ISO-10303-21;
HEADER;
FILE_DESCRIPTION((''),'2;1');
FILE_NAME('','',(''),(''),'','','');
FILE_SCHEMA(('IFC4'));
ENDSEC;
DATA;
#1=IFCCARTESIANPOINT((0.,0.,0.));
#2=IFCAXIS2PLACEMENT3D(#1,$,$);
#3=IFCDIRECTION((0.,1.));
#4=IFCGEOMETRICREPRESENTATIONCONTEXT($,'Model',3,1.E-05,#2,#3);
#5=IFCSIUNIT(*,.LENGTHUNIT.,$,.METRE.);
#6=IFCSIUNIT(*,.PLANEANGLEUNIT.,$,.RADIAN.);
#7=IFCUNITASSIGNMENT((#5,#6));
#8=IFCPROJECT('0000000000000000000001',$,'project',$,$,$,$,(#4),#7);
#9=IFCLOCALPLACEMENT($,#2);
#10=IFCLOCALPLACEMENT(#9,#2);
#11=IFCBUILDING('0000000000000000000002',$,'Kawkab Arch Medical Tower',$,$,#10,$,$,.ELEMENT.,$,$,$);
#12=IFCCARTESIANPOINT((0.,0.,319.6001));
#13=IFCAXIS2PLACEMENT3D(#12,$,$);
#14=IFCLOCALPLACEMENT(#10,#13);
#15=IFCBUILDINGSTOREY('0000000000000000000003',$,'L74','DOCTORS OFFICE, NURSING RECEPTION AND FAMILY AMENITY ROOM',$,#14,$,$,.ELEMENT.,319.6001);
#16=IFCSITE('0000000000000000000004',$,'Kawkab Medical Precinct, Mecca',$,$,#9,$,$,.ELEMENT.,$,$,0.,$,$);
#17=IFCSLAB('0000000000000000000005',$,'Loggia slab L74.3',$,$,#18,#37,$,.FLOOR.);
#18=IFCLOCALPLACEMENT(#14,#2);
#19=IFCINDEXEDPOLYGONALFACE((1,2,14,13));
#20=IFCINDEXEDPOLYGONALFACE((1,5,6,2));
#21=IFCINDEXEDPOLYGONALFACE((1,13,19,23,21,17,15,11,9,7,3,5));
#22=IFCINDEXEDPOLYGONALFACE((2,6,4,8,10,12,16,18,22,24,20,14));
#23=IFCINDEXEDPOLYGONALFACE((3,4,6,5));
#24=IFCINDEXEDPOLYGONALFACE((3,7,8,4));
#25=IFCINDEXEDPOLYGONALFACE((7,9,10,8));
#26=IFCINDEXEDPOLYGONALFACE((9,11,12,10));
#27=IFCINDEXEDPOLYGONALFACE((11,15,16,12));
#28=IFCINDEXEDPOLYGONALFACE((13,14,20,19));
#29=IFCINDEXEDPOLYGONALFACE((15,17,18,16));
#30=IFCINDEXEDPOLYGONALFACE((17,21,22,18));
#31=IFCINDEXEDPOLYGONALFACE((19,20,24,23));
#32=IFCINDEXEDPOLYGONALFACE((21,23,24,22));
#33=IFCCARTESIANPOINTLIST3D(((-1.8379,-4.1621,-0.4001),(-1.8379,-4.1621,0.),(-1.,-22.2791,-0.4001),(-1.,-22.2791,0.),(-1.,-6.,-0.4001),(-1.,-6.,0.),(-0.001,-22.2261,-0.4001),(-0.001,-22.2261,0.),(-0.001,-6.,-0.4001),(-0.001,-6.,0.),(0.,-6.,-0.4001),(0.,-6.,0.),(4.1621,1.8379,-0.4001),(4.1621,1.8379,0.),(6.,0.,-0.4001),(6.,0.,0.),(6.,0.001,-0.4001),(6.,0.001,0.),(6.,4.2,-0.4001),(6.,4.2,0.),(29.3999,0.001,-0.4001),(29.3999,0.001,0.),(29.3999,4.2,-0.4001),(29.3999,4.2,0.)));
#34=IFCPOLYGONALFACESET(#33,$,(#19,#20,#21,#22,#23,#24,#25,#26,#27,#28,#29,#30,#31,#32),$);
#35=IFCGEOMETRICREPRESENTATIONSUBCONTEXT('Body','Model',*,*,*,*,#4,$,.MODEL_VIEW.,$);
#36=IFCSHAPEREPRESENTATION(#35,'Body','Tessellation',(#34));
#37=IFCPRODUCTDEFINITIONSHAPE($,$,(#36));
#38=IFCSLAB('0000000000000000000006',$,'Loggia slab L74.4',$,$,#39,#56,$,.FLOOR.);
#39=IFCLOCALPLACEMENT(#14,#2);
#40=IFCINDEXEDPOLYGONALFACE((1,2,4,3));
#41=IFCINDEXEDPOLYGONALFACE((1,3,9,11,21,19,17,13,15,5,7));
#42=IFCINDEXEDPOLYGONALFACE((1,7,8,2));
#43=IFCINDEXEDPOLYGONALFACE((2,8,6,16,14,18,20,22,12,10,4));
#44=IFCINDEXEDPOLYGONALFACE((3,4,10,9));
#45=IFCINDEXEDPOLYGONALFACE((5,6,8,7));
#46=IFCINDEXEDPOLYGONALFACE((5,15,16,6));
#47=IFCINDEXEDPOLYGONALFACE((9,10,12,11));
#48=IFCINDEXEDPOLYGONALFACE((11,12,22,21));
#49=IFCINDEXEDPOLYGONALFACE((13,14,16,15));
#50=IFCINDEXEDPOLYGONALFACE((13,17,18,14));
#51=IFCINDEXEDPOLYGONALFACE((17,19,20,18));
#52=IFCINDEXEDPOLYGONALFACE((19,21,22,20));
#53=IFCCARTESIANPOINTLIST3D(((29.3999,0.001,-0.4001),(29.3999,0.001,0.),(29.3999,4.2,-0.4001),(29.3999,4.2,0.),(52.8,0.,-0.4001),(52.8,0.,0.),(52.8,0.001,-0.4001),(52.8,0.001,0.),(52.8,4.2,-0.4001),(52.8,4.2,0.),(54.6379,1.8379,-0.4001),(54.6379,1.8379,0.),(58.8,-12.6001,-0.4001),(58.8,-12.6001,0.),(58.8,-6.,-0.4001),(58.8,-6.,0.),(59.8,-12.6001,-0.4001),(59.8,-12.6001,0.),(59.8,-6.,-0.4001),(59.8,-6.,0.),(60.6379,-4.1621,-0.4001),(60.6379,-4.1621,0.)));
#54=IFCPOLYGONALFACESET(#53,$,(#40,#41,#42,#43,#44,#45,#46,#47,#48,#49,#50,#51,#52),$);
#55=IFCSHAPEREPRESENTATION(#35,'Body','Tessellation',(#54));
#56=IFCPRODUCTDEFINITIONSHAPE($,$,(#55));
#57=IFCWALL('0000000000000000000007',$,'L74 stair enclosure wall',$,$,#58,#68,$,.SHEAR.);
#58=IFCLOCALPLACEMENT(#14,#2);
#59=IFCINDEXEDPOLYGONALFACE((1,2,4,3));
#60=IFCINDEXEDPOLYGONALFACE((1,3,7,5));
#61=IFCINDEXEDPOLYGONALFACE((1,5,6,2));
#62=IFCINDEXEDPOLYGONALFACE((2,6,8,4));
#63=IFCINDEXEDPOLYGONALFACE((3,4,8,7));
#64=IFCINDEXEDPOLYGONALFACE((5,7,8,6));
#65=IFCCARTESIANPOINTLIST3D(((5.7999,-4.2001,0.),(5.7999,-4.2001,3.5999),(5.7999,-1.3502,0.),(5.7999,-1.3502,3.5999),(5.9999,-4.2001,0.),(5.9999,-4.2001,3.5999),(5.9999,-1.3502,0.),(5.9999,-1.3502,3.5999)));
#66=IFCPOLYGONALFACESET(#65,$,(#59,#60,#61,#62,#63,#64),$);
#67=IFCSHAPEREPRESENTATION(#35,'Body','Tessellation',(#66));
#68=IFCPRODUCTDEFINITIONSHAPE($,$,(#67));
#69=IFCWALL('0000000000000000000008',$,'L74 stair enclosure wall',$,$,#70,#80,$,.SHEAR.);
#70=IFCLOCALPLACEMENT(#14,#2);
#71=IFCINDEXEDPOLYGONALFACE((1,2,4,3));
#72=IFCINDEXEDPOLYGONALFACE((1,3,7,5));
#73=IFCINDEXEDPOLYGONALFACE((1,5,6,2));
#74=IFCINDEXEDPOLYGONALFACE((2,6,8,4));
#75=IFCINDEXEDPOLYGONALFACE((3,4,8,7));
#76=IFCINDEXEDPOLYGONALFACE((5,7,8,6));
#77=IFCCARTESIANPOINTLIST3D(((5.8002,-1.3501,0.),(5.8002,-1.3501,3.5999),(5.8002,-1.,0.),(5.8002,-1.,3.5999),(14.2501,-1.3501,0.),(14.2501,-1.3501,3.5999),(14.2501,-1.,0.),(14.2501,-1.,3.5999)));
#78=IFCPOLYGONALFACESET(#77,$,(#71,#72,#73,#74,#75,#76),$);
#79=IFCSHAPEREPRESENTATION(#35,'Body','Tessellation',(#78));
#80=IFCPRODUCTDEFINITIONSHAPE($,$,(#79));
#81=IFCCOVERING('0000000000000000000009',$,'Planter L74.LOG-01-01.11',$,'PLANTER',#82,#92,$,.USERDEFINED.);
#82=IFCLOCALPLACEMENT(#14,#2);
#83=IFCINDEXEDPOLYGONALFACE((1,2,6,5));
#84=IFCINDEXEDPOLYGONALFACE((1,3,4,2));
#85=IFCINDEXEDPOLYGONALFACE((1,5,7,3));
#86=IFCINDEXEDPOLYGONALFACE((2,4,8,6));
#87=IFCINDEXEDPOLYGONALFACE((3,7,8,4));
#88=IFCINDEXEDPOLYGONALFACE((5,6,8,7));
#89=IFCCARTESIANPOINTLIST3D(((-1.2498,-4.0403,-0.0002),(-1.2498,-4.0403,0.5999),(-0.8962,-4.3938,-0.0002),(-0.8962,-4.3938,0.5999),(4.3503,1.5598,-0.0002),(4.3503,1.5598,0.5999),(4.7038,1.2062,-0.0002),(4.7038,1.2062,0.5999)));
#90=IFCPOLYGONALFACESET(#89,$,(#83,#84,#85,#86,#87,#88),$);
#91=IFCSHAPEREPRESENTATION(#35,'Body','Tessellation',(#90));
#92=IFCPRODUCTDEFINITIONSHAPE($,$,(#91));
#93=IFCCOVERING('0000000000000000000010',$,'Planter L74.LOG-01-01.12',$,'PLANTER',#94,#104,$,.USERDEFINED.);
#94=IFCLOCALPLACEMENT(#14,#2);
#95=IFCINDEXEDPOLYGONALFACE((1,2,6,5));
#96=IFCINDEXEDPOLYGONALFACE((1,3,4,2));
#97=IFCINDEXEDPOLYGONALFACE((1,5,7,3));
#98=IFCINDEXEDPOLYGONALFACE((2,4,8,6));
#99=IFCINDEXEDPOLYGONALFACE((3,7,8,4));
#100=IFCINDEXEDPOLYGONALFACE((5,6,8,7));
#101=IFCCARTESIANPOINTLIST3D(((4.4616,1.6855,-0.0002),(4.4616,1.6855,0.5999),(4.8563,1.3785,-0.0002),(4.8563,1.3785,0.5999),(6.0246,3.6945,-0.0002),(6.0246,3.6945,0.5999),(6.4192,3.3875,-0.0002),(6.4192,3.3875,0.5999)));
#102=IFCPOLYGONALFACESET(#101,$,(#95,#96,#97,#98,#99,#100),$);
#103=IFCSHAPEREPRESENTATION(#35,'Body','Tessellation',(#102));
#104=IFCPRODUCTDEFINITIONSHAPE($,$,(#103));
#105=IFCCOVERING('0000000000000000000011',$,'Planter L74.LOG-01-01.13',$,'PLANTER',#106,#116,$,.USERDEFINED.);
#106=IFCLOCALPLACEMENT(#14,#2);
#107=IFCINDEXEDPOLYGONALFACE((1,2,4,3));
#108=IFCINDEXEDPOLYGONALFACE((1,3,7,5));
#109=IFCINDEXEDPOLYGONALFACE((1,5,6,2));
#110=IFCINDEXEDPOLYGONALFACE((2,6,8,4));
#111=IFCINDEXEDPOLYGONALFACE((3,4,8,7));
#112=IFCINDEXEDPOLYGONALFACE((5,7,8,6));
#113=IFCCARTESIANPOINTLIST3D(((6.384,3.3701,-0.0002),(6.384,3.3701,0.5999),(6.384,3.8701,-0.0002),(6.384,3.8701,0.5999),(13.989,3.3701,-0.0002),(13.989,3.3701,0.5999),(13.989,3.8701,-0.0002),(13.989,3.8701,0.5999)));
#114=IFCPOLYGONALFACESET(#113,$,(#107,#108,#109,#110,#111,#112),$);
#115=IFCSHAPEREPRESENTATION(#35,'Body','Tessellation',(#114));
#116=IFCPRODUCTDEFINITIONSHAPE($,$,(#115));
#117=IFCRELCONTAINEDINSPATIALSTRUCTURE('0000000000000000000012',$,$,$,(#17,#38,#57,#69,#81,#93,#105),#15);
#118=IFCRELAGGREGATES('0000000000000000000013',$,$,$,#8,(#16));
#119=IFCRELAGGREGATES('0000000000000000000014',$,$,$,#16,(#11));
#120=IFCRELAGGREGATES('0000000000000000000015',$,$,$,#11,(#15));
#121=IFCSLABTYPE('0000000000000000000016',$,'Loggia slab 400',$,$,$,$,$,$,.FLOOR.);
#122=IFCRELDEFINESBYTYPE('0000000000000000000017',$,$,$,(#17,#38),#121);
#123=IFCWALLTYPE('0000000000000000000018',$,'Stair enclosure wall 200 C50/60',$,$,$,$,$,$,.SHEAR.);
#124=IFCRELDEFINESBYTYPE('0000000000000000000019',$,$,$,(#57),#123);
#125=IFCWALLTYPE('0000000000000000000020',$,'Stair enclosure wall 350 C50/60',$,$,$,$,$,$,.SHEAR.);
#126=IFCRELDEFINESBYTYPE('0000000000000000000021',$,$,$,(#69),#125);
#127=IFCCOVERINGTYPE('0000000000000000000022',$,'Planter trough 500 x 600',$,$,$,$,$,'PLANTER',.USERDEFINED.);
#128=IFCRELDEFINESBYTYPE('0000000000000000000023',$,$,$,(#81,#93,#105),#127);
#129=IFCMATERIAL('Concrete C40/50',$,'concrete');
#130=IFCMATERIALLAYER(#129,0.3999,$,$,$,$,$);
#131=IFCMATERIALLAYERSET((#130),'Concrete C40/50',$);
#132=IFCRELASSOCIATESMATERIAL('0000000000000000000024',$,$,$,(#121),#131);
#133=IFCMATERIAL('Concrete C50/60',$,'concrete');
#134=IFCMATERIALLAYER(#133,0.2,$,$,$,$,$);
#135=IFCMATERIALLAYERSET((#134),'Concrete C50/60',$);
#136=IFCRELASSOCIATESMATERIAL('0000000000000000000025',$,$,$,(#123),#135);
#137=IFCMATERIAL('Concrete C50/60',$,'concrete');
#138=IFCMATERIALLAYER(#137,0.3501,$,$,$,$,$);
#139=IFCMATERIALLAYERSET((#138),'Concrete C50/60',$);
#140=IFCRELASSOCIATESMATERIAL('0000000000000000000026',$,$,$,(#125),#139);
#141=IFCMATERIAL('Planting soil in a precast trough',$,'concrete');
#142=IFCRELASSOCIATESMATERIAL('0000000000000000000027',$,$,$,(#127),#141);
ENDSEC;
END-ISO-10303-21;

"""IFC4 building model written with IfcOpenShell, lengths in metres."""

from ifc_helpers import new_model, si_unit, direction, frame, frame_2d, origin, origin_2d, place, context, subcontext, project, spatial, polyline, rectangle, outline, extrude, material, layer, layer_set, material_profile, profile_set, type_object, element, save


model = new_model("IFC4")

# Units and contexts
model_context = context("Model", 3, precision=1e-05, world=origin(), true_north=direction((0.0, 1.0)))
body_context = subcontext(model_context, "Body", "Model", "MODEL_VIEW")
ifc_project = project(units=[si_unit("LENGTHUNIT", "METRE"), si_unit("PLANEANGLEUNIT", "RADIAN")], contexts=[model_context])

# Site, building, storey
site_placement = place(None, origin())
site = spatial("IfcSite", under=ifc_project, at=site_placement, Name="Kawkab Medical Precinct, Mecca", CompositionType="ELEMENT", RefElevation=0.0)
building_placement = place(site_placement, origin())
building = spatial("IfcBuilding", under=site, at=building_placement, Name="Kawkab Arch Medical Tower", CompositionType="ELEMENT")
storey_placement = place(building_placement, frame((0.0, 0.0, 319.6001)))
storey = spatial("IfcBuildingStorey", under=building, at=storey_placement, Name="L74", Description="DOCTORS OFFICE, NURSING RECEPTION AND FAMILY AMENITY ROOM", CompositionType="ELEMENT", Elevation=319.6001)

# Slabs
ifc_material_1 = material(Name="Concrete C40/50", Category="concrete")
ifc_layer_1 = layer(ifc_material_1, 0.3999)
ifc_layer_set_1 = layer_set([ifc_layer_1], Name="Concrete C40/50")
slab_type_1 = type_object("IfcSlabType", Name="Loggia slab 400", PredefinedType="FLOOR", material=ifc_layer_set_1)
placement_1 = place(storey_placement, frame((0.0, 0.0, -0.4001)))
element("IfcSlab", 1, at=placement_1, inside=storey, type_object=slab_type_1, Name="Loggia slab L74.3", PredefinedType="FLOOR", context=body_context, shape_type="SweptSolid", body=[
    extrude(outline(polyline([(-1.8379, -4.1621), (4.1621, 1.8379), (6.0, 4.2), (29.3999, 4.2), (29.3999, 0.001), (6.0, 0.001), (6.0, 0.0), (0.0, -6.0), (-0.001, -6.0), (-0.001, -22.2261), (-1.0, -22.2791), (-1.0, -6.0), (-1.8379, -4.1621)])), origin(), (0.0, 0.0, 1.0), 0.4001),
])
element("IfcSlab", 2, at=placement_1, inside=storey, type_object=slab_type_1, Name="Loggia slab L74.4", PredefinedType="FLOOR", context=body_context, shape_type="SweptSolid", body=[
    extrude(outline(polyline([(54.6379, 1.8379), (60.6379, -4.1621), (59.8, -6.0), (59.8, -12.6001), (58.8, -12.6001), (58.8, -6.0), (52.8, 0.0), (52.8, 0.001), (29.3999, 0.001), (29.3999, 4.2), (52.8, 4.2), (54.6379, 1.8379)])), origin(), (0.0, 0.0, 1.0), 0.4001),
])

# Walls
ifc_material_2 = material(Name="Concrete C50/60", Category="concrete")
ifc_layer_2 = layer(ifc_material_2, 0.2)
ifc_layer_set_2 = layer_set([ifc_layer_2], Name="Concrete C50/60")
wall_type_1 = type_object("IfcWallType", Name="Stair enclosure wall 200 C50/60", PredefinedType="SHEAR", material=ifc_layer_set_2)
wall_1_placement = place(storey_placement, frame((5.8999, -4.2, 0.0), z_axis=(0.0, 0.0, 1.0), x_axis=(0.0, 1.0, 0.0)))
element("IfcWall", 3, at=wall_1_placement, inside=storey, type_object=wall_type_1, Name="L74 stair enclosure wall", PredefinedType="SHEAR", context=body_context, shape_type="SweptSolid", body=[
    extrude(rectangle(XDim=2.8499, YDim=0.2, at=frame_2d((1.4248, 0.0))), origin(), (0.0, 0.0, 1.0), 3.5999),
])
ifc_material_3 = material(Name="Concrete C50/60", Category="concrete")
ifc_layer_3 = layer(ifc_material_3, 0.3501)
ifc_layer_set_3 = layer_set([ifc_layer_3], Name="Concrete C50/60")
wall_type_2 = type_object("IfcWallType", Name="Stair enclosure wall 350 C50/60", PredefinedType="SHEAR", material=ifc_layer_set_3)
wall_2_placement = place(storey_placement, frame((5.8, -1.175, 0.0), z_axis=(0.0, 0.0, 1.0), x_axis=(1.0, 0.0, 0.0)))
element("IfcWall", 4, at=wall_2_placement, inside=storey, type_object=wall_type_2, Name="L74 stair enclosure wall", PredefinedType="SHEAR", context=body_context, shape_type="SweptSolid", body=[
    extrude(rectangle(XDim=8.45, YDim=0.3501, at=frame_2d((4.2251, 0.0))), origin(), (0.0, 0.0, 1.0), 3.5999),
])

# Coverings
ifc_material_4 = material(Name="Planting soil in a precast trough", Category="concrete")
ifc_material_profile_1 = material_profile(ifc_material_4, rectangle(XDim=0.5, YDim=0.6001, at=origin_2d()), Name="Trough 500x600")
ifc_profile_set_1 = profile_set([ifc_material_profile_1], Name="Planting soil in a precast trough")
covering_type = type_object("IfcCoveringType", Name="Planter trough 500 x 600", ElementType="PLANTER", PredefinedType="USERDEFINED", material=ifc_profile_set_1)
covering_1_placement = place(storey_placement, frame((-1.073, -4.217, 0.2998), z_axis=(0.707107, 0.707107, 0.0), x_axis=(-0.707107, 0.707107, 0.0)))
element("IfcCovering", 5, at=covering_1_placement, inside=storey, type_object=covering_type, Name="Planter L74.LOG-01-01.11", ObjectType="PLANTER", PredefinedType="USERDEFINED", context=body_context, shape_type="SweptSolid", body=[
    extrude(rectangle(XDim=0.5, YDim=0.6001, at=origin_2d()), origin(), (0.0, 0.0, 1.0), 7.9197),
])
covering_2_placement = place(storey_placement, frame((4.6589, 1.532, 0.2998), z_axis=(0.61404, 0.789275, 0.0), x_axis=(-0.789275, 0.61404, 0.0)))
element("IfcCovering", 6, at=covering_2_placement, inside=storey, type_object=covering_type, Name="Planter L74.LOG-01-01.12", ObjectType="PLANTER", PredefinedType="USERDEFINED", context=body_context, shape_type="SweptSolid", body=[
    extrude(rectangle(XDim=0.5, YDim=0.6001, at=origin_2d()), origin(), (0.0, 0.0, 1.0), 2.5454),
])
covering_3_placement = place(storey_placement, frame((6.384, 3.6201, 0.2998), z_axis=(1.0, 0.0, 0.0), x_axis=(0.0, 1.0, 0.0)))
element("IfcCovering", 7, at=covering_3_placement, inside=storey, type_object=covering_type, Name="Planter L74.LOG-01-01.13", ObjectType="PLANTER", PredefinedType="USERDEFINED", context=body_context, shape_type="SweptSolid", body=[
    extrude(rectangle(XDim=0.5, YDim=0.6001, at=origin_2d()), origin(), (0.0, 0.0, 1.0), 7.605),
])

save(model, "model.ifc")
